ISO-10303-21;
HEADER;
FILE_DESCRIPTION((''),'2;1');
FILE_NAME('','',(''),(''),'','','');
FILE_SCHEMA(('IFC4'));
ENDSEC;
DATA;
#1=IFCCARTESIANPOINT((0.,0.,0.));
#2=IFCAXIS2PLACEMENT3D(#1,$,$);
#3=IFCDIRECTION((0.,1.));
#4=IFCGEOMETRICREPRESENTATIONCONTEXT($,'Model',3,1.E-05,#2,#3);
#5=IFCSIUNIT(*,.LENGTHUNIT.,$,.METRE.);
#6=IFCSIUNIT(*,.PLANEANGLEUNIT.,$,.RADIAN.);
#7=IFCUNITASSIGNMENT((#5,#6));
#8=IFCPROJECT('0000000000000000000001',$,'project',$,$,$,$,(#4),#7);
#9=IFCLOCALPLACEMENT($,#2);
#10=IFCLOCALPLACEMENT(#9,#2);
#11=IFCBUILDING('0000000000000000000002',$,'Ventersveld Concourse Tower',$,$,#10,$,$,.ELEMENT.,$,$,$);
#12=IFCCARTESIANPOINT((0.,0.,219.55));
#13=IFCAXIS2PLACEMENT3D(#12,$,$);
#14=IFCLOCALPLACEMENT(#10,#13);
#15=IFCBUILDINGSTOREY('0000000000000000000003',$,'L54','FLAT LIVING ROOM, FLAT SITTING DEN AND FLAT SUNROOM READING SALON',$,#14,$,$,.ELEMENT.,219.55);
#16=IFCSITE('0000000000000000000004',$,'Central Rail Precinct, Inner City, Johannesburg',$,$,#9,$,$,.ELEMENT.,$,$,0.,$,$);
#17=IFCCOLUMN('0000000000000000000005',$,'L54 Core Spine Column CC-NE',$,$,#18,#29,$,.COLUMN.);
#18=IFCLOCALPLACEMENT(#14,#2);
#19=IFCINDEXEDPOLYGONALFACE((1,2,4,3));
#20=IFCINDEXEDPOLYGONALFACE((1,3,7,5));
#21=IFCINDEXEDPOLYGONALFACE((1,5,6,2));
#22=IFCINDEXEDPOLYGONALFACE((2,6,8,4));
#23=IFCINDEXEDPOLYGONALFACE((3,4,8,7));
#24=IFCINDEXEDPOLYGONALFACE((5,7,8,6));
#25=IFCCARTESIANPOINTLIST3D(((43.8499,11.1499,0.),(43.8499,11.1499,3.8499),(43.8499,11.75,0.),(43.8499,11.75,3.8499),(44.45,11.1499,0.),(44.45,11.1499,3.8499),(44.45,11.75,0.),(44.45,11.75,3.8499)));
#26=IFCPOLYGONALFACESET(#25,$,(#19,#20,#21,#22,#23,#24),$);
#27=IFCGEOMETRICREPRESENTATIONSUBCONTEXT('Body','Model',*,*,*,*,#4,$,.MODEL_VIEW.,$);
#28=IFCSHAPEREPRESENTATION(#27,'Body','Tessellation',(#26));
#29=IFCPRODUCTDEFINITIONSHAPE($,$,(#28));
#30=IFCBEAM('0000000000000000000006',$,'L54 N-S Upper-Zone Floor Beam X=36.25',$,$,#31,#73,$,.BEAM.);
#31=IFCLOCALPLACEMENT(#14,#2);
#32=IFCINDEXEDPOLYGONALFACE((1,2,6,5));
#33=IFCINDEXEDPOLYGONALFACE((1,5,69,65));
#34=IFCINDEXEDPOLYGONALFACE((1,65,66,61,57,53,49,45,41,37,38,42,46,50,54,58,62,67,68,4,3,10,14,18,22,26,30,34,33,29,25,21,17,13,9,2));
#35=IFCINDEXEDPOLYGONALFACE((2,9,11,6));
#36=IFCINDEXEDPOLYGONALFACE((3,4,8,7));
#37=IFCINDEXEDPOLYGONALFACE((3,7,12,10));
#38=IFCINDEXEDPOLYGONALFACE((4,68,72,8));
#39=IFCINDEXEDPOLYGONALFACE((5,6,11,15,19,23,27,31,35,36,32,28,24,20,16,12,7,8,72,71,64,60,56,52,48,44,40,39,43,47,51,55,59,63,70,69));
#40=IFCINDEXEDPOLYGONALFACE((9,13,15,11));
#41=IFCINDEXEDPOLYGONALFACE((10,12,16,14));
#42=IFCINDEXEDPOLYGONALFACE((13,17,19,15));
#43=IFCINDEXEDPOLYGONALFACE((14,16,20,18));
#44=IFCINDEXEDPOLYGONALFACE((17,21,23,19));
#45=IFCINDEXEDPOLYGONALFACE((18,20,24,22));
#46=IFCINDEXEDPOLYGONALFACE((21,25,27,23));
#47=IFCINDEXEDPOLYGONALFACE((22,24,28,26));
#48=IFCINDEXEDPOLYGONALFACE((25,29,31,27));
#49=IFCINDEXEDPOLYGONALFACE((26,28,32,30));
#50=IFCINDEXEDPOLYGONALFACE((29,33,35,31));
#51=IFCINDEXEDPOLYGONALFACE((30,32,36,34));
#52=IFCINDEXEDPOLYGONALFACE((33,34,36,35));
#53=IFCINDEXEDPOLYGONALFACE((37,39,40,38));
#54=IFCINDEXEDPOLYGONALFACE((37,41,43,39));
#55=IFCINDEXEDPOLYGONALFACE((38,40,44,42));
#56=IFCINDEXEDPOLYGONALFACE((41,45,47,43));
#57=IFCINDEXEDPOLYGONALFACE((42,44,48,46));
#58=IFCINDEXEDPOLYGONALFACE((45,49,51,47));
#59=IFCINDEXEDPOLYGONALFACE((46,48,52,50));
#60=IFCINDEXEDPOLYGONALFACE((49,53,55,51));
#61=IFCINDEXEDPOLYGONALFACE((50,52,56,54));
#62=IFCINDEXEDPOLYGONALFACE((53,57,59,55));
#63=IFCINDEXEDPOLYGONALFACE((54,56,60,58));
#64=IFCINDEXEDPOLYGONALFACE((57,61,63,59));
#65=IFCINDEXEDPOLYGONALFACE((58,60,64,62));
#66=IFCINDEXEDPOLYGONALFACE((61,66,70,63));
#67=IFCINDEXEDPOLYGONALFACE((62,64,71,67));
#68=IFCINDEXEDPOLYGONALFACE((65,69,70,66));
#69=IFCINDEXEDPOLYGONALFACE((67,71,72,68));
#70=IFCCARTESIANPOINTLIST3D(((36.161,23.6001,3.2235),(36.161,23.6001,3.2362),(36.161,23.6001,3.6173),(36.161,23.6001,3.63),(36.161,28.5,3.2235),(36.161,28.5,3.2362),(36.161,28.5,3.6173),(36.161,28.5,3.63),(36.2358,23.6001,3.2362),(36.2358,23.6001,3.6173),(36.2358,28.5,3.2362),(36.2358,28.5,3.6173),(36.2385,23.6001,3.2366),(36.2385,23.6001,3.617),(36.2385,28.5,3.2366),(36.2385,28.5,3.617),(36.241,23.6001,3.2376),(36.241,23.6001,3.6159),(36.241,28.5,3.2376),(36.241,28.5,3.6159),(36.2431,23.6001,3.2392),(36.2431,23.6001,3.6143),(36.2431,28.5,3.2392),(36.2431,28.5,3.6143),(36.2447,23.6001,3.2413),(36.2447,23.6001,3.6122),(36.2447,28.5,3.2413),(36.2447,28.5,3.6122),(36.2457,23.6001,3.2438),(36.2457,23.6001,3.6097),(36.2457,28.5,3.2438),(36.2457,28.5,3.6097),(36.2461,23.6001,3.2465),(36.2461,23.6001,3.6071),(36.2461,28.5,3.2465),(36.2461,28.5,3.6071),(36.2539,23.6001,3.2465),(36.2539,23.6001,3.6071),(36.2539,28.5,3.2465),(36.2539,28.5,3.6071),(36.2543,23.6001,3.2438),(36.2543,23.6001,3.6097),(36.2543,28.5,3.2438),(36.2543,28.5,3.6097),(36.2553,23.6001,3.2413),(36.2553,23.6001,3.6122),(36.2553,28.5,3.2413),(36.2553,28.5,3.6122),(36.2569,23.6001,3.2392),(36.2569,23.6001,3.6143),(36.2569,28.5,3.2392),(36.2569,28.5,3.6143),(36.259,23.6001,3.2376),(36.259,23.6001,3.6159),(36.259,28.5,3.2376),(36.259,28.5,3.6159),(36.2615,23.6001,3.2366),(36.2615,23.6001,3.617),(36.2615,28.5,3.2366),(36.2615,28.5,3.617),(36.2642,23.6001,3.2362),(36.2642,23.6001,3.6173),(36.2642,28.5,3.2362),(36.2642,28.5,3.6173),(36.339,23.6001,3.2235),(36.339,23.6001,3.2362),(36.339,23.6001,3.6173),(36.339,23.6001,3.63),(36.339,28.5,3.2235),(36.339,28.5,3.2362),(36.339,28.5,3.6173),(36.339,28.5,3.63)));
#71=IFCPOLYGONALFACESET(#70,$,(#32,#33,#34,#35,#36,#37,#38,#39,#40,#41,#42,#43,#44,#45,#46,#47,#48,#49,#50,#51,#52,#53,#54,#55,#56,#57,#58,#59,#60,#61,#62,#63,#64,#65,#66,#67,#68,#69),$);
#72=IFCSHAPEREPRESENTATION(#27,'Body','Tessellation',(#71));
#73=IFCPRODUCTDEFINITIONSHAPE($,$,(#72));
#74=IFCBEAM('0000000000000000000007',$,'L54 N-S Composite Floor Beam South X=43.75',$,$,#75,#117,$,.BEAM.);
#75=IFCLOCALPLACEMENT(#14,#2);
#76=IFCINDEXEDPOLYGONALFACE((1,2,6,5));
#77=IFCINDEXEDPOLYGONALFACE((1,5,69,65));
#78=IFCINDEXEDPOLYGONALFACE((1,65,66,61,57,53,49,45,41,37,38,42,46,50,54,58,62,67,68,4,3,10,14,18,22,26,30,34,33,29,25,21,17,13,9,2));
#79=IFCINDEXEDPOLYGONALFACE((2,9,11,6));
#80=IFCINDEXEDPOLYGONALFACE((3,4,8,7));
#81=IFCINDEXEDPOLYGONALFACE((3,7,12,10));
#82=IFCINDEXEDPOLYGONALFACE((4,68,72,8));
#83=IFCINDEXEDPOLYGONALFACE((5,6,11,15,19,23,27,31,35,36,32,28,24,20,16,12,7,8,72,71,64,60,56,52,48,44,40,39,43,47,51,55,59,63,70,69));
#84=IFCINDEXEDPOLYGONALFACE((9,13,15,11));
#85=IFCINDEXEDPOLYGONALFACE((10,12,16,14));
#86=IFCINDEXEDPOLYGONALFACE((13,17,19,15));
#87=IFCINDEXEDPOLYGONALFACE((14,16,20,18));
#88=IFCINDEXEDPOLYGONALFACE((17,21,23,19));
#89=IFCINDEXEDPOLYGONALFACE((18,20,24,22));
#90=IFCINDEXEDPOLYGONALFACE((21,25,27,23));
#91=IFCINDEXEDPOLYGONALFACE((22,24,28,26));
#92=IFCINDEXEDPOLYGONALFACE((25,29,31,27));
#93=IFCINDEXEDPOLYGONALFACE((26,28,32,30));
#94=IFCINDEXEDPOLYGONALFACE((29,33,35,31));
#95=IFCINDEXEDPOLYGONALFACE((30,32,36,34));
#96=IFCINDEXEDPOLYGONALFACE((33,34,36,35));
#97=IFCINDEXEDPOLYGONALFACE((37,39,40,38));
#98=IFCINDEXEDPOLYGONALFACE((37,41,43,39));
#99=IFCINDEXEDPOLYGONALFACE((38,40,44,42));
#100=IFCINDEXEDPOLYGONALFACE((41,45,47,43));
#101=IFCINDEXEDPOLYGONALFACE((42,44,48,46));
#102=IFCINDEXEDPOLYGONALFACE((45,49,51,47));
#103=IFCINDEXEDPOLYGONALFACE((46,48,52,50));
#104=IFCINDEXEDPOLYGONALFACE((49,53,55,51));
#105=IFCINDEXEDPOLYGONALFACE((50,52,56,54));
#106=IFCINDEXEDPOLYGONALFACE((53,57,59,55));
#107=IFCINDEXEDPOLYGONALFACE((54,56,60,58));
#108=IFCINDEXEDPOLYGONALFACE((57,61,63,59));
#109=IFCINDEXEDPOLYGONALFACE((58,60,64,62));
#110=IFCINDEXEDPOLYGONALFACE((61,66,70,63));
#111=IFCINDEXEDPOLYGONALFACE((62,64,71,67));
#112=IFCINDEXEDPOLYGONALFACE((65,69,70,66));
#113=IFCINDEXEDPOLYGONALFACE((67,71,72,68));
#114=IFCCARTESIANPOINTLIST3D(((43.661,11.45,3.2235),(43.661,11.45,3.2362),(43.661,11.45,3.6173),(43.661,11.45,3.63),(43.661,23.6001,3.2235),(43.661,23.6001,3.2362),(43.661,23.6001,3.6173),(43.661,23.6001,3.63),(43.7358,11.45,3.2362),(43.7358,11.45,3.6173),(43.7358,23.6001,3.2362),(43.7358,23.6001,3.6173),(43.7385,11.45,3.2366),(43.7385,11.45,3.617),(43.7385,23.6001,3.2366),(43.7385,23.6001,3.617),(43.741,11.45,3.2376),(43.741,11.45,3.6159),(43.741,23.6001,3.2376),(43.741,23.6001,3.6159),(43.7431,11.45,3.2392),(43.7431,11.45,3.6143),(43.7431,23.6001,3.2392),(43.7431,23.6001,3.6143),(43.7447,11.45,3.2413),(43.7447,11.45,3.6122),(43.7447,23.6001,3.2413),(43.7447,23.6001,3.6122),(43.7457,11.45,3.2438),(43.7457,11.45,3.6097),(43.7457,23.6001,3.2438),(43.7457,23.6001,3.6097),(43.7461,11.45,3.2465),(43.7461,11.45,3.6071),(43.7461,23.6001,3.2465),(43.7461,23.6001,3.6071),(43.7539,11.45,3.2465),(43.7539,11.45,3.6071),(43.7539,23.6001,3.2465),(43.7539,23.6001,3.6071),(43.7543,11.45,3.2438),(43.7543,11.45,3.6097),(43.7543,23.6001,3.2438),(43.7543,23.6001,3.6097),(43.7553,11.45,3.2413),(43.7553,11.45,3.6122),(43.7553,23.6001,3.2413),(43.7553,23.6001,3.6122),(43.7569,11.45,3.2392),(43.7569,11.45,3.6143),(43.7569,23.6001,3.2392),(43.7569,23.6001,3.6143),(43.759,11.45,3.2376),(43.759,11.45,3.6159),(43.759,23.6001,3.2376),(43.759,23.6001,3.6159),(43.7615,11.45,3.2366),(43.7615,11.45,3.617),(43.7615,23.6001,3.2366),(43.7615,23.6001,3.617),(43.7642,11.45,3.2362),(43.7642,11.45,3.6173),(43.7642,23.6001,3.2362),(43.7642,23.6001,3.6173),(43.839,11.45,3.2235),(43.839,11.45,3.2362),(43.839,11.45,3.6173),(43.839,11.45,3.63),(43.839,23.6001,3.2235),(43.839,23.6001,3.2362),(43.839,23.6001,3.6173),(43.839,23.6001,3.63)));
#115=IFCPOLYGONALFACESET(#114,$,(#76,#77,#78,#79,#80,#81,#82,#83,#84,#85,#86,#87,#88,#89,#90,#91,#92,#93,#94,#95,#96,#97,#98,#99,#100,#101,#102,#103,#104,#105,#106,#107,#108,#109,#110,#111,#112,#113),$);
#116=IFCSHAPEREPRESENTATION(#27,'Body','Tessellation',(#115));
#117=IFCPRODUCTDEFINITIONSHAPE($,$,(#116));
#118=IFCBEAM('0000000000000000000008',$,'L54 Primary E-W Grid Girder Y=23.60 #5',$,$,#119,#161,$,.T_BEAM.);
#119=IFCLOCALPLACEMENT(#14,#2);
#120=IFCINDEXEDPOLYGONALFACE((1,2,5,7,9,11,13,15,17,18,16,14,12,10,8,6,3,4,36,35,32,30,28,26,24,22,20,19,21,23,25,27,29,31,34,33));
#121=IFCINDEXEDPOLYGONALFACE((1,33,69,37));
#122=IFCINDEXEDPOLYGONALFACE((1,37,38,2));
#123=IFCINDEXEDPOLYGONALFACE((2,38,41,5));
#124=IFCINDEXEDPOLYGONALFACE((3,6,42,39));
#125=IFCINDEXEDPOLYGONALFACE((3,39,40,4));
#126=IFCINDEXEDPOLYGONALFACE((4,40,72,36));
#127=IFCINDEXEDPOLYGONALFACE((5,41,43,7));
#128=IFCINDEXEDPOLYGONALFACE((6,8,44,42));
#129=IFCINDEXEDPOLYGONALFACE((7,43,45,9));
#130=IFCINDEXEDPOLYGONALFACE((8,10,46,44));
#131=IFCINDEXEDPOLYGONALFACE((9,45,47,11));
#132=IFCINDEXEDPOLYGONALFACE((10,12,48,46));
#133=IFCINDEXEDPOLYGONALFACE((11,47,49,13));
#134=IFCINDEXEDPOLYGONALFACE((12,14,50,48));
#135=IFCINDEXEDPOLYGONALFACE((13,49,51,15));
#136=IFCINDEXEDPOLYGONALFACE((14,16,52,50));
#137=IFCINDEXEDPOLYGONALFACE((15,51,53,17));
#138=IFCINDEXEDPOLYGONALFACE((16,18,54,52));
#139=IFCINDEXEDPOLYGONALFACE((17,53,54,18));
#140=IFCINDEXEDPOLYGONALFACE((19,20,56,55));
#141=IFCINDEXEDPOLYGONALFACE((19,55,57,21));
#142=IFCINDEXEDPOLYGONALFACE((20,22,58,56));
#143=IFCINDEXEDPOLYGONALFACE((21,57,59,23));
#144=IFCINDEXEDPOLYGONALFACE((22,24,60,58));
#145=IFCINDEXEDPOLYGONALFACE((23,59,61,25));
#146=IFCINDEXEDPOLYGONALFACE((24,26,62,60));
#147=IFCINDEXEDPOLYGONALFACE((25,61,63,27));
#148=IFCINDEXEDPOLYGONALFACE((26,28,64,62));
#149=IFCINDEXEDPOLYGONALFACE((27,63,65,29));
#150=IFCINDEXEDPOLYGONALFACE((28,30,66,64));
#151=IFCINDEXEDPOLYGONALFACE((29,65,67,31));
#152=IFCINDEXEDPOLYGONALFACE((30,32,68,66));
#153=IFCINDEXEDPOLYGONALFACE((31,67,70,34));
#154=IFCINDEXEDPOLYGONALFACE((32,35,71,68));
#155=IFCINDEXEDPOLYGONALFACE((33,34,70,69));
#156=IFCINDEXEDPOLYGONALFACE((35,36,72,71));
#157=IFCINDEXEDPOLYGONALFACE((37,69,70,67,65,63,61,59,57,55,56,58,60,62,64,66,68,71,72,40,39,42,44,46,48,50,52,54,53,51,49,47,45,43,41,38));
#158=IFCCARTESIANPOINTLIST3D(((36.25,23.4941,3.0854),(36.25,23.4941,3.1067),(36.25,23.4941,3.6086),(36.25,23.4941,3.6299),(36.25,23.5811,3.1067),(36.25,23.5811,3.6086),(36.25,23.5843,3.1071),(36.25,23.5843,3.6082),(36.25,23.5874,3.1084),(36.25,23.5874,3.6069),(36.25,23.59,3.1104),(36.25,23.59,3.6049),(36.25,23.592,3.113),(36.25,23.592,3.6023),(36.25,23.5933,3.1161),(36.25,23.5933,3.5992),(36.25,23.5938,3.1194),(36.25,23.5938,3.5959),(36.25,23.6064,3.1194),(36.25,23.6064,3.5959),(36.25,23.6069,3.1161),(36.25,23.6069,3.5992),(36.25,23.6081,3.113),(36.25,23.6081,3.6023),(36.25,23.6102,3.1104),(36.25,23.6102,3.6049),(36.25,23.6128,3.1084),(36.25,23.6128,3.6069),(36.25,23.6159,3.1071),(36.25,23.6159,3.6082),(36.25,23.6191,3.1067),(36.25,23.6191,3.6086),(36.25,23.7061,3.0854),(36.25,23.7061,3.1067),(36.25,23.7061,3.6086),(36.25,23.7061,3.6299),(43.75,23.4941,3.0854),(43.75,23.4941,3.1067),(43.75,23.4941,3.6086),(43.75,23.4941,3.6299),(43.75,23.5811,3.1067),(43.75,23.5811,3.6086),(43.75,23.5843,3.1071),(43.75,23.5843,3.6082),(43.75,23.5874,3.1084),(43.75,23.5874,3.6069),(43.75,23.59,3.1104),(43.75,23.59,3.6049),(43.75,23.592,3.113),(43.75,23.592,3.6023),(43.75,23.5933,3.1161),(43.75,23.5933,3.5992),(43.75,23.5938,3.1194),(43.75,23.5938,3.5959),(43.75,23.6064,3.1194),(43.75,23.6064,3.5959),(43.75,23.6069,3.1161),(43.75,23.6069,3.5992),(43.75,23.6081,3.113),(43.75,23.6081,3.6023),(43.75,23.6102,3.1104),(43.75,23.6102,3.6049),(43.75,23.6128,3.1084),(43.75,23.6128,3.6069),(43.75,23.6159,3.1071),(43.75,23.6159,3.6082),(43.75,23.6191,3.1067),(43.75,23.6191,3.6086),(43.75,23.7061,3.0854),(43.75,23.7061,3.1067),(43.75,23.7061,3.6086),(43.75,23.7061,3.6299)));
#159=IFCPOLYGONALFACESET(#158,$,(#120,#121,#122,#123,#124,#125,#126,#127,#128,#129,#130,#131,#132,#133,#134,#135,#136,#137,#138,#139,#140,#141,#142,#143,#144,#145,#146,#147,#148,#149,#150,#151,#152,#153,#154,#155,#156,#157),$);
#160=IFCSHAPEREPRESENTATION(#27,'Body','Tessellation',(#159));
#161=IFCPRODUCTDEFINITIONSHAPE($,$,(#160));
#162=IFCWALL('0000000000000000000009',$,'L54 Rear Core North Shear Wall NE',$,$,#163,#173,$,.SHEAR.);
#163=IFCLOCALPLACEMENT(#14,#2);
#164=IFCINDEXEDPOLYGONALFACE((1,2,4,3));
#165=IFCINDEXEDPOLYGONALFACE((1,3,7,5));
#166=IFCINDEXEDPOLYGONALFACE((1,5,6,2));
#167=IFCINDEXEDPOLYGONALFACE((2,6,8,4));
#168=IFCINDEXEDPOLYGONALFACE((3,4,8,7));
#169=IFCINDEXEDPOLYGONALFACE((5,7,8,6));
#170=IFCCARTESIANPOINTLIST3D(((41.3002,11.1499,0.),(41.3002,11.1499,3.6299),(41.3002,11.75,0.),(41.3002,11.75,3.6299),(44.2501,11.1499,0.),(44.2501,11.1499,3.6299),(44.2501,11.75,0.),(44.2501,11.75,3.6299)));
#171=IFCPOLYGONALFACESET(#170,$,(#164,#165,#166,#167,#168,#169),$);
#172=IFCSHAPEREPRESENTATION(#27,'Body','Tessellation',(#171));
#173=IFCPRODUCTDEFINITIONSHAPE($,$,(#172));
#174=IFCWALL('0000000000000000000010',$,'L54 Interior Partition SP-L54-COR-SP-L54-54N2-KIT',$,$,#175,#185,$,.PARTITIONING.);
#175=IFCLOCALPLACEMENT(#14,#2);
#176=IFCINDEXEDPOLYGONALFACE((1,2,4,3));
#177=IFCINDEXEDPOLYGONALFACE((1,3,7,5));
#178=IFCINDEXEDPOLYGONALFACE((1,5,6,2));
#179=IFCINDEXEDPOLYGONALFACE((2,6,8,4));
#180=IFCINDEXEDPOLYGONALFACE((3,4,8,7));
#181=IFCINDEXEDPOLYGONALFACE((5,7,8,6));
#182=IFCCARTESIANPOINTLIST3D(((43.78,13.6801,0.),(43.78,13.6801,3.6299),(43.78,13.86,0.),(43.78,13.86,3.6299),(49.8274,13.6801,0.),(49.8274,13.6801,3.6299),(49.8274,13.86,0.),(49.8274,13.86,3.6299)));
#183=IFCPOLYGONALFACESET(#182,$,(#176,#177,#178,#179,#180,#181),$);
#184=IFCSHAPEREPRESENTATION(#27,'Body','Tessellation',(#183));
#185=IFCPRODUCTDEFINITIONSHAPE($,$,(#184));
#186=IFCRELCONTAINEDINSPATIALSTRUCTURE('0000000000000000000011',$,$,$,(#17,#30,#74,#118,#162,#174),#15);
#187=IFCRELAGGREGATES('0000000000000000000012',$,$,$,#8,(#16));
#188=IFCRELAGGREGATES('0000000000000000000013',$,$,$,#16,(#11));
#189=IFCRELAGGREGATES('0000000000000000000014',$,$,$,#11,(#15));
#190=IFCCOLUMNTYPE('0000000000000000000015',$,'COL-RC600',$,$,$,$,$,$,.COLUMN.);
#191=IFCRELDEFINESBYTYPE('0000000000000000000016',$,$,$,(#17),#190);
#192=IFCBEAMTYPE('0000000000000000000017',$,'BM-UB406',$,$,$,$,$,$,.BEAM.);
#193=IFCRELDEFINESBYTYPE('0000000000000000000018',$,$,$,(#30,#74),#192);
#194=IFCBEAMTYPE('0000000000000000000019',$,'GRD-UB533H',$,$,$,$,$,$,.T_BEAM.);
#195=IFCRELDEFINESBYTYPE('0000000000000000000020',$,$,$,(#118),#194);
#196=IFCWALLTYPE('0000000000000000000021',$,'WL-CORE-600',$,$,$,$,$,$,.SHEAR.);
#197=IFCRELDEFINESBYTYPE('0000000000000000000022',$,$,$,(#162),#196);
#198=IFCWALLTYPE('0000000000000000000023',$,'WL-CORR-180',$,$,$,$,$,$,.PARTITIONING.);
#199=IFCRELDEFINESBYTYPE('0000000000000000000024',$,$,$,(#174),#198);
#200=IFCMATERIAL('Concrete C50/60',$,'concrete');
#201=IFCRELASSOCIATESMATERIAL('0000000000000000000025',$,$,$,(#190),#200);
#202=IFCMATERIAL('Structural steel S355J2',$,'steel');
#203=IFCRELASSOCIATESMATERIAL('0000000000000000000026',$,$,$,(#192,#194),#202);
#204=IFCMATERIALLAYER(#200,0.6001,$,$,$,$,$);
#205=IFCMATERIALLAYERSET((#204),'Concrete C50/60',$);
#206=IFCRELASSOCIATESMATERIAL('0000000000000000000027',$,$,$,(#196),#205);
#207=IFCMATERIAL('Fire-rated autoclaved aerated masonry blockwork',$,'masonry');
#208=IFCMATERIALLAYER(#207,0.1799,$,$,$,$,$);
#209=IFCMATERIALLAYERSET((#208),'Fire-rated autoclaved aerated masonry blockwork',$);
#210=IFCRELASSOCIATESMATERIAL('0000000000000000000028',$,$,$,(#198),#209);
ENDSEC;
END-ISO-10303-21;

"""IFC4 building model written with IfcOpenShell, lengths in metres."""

from ifc_helpers import new_model, si_unit, direction, frame, frame_2d, origin, origin_2d, place, context, subcontext, project, spatial, rectangle, i_section, extrude, material, layer, layer_set, material_profile, profile_set, type_object, element, save


model = new_model("IFC4")

# Units and contexts
model_context = context("Model", 3, precision=1e-05, world=origin(), true_north=direction((0.0, 1.0)))
body_context = subcontext(model_context, "Body", "Model", "MODEL_VIEW")
ifc_project = project(units=[si_unit("LENGTHUNIT", "METRE"), si_unit("PLANEANGLEUNIT", "RADIAN")], contexts=[model_context])

# Site, building, storey
site_placement = place(None, origin())
site = spatial("IfcSite", under=ifc_project, at=site_placement, Name="Central Rail Precinct, Inner City, Johannesburg", CompositionType="ELEMENT", RefElevation=0.0)
building_placement = place(site_placement, origin())
building = spatial("IfcBuilding", under=site, at=building_placement, Name="Ventersveld Concourse Tower", CompositionType="ELEMENT")
storey_placement = place(building_placement, frame((0.0, 0.0, 219.55)))
storey = spatial("IfcBuildingStorey", under=building, at=storey_placement, Name="L54", Description="FLAT LIVING ROOM, FLAT SITTING DEN AND FLAT SUNROOM READING SALON", CompositionType="ELEMENT", Elevation=219.55)

# Column
ifc_material_1 = material(Name="Concrete C50/60", Category="concrete")
ifc_material_profile_1 = material_profile(ifc_material_1, rectangle(XDim=0.6001, YDim=0.6001, at=origin_2d()), Name="RC 600x600")
ifc_profile_set_1 = profile_set([ifc_material_profile_1], Name="Concrete C50/60")
column_type = type_object("IfcColumnType", Name="COL-RC600", PredefinedType="COLUMN", material=ifc_profile_set_1)
column_placement = place(storey_placement, frame((44.1499, 11.45, 0.0), z_axis=(0.0, 0.0, 1.0), x_axis=(1.0, 0.0, 0.0)))
element("IfcColumn", 1, at=column_placement, inside=storey, type_object=column_type, Name="L54 Core Spine Column CC-NE", PredefinedType="COLUMN", context=body_context, shape_type="SweptSolid", body=[
    extrude(rectangle(XDim=0.6001, YDim=0.6001, at=origin_2d()), origin(), (0.0, 0.0, 1.0), 3.8499),
])

# Beams
ifc_material_2 = material(Name="Structural steel S355J2", Category="steel")
ifc_material_profile_2 = material_profile(ifc_material_2, i_section(OverallWidth=0.178, OverallDepth=0.4065, WebThickness=0.0078, FlangeThickness=0.0127, FilletRadius=0.0103, at=origin_2d()), Name="UB 406x178x60")
ifc_profile_set_2 = profile_set([ifc_material_profile_2], Name="Structural steel S355J2")
beam_type_1 = type_object("IfcBeamType", Name="BM-UB406", PredefinedType="BEAM", material=ifc_profile_set_2)
beam_1_placement = place(storey_placement, frame((36.25, 23.6001, 3.4268), z_axis=(0.0, 1.0, 0.0), x_axis=(-1.0, 0.0, 0.0)))
element("IfcBeam", 2, at=beam_1_placement, inside=storey, type_object=beam_type_1, Name="L54 N-S Upper-Zone Floor Beam X=36.25", PredefinedType="BEAM", context=body_context, shape_type="SweptSolid", body=[
    extrude(i_section(OverallWidth=0.178, OverallDepth=0.4065, WebThickness=0.0078, FlangeThickness=0.0127, FilletRadius=0.0103, at=origin_2d()), origin(), (0.0, 0.0, 1.0), 4.8999),
])
beam_2_placement = place(storey_placement, frame((43.75, 11.45, 3.4268), z_axis=(0.0, 1.0, 0.0), x_axis=(-1.0, 0.0, 0.0)))
element("IfcBeam", 3, at=beam_2_placement, inside=storey, type_object=beam_type_1, Name="L54 N-S Composite Floor Beam South X=43.75", PredefinedType="BEAM", context=body_context, shape_type="SweptSolid", body=[
    extrude(i_section(OverallWidth=0.178, OverallDepth=0.4065, WebThickness=0.0078, FlangeThickness=0.0127, FilletRadius=0.0103, at=origin_2d()), origin(), (0.0, 0.0, 1.0), 12.1501),
])
ifc_material_profile_3 = material_profile(ifc_material_2, i_section(OverallWidth=0.2119, OverallDepth=0.5444, WebThickness=0.0127, FlangeThickness=0.0212, FilletRadius=0.0127, at=origin_2d()), Name="UB 533x210x122")
ifc_profile_set_3 = profile_set([ifc_material_profile_3], Name="Structural steel S355J2")
beam_type_2 = type_object("IfcBeamType", Name="GRD-UB533H", PredefinedType="T_BEAM", material=ifc_profile_set_3)
beam_3_placement = place(storey_placement, frame((36.25, 23.6001, 3.3577), z_axis=(1.0, 0.0, 0.0), x_axis=(0.0, 1.0, 0.0)))
element("IfcBeam", 4, at=beam_3_placement, inside=storey, type_object=beam_type_2, Name="L54 Primary E-W Grid Girder Y=23.60 #5", PredefinedType="T_BEAM", context=body_context, shape_type="SweptSolid", body=[
    extrude(i_section(OverallWidth=0.2119, OverallDepth=0.5444, WebThickness=0.0127, FlangeThickness=0.0212, FilletRadius=0.0127, at=origin_2d()), origin(), (0.0, 0.0, 1.0), 7.5),
])

# Wall
ifc_layer_1 = layer(ifc_material_1, 0.6001)
ifc_layer_set_1 = layer_set([ifc_layer_1], Name="Concrete C50/60")
wall_type_1 = type_object("IfcWallType", Name="WL-CORE-600", PredefinedType="SHEAR", material=ifc_layer_set_1)
wall_1_placement = place(storey_placement, frame((41.3, 11.45, 0.0), z_axis=(0.0, 0.0, 1.0), x_axis=(1.0, 0.0, 0.0)))
element("IfcWall", 5, at=wall_1_placement, inside=storey, type_object=wall_type_1, Name="L54 Rear Core North Shear Wall NE", PredefinedType="SHEAR", context=body_context, shape_type="SweptSolid", body=[
    extrude(rectangle(XDim=2.95, YDim=0.6001, at=frame_2d((1.4751, 0.0))), origin(), (0.0, 0.0, 1.0), 3.6299),
])

# Shared definitions
ifc_material_3 = material(Name="Fire-rated autoclaved aerated masonry blockwork", Category="masonry")
ifc_layer_2 = layer(ifc_material_3, 0.1799)
ifc_layer_set_2 = layer_set([ifc_layer_2], Name="Fire-rated autoclaved aerated masonry blockwork")
wall_type_2 = type_object("IfcWallType", Name="WL-CORR-180", PredefinedType="PARTITIONING", material=ifc_layer_set_2)

# Wall
wall_2_placement = place(storey_placement, frame((43.78, 13.77, 0.0), z_axis=(0.0, 0.0, 1.0), x_axis=(1.0, 0.0, 0.0)))
element("IfcWall", 6, at=wall_2_placement, inside=storey, type_object=wall_type_2, Name="L54 Interior Partition SP-L54-COR-SP-L54-54N2-KIT", PredefinedType="PARTITIONING", context=body_context, shape_type="SweptSolid", body=[
    extrude(rectangle(XDim=6.0474, YDim=0.1799, at=frame_2d((3.0237, 0.0))), origin(), (0.0, 0.0, 1.0), 3.6299),
])

save(model, "model.ifc")
